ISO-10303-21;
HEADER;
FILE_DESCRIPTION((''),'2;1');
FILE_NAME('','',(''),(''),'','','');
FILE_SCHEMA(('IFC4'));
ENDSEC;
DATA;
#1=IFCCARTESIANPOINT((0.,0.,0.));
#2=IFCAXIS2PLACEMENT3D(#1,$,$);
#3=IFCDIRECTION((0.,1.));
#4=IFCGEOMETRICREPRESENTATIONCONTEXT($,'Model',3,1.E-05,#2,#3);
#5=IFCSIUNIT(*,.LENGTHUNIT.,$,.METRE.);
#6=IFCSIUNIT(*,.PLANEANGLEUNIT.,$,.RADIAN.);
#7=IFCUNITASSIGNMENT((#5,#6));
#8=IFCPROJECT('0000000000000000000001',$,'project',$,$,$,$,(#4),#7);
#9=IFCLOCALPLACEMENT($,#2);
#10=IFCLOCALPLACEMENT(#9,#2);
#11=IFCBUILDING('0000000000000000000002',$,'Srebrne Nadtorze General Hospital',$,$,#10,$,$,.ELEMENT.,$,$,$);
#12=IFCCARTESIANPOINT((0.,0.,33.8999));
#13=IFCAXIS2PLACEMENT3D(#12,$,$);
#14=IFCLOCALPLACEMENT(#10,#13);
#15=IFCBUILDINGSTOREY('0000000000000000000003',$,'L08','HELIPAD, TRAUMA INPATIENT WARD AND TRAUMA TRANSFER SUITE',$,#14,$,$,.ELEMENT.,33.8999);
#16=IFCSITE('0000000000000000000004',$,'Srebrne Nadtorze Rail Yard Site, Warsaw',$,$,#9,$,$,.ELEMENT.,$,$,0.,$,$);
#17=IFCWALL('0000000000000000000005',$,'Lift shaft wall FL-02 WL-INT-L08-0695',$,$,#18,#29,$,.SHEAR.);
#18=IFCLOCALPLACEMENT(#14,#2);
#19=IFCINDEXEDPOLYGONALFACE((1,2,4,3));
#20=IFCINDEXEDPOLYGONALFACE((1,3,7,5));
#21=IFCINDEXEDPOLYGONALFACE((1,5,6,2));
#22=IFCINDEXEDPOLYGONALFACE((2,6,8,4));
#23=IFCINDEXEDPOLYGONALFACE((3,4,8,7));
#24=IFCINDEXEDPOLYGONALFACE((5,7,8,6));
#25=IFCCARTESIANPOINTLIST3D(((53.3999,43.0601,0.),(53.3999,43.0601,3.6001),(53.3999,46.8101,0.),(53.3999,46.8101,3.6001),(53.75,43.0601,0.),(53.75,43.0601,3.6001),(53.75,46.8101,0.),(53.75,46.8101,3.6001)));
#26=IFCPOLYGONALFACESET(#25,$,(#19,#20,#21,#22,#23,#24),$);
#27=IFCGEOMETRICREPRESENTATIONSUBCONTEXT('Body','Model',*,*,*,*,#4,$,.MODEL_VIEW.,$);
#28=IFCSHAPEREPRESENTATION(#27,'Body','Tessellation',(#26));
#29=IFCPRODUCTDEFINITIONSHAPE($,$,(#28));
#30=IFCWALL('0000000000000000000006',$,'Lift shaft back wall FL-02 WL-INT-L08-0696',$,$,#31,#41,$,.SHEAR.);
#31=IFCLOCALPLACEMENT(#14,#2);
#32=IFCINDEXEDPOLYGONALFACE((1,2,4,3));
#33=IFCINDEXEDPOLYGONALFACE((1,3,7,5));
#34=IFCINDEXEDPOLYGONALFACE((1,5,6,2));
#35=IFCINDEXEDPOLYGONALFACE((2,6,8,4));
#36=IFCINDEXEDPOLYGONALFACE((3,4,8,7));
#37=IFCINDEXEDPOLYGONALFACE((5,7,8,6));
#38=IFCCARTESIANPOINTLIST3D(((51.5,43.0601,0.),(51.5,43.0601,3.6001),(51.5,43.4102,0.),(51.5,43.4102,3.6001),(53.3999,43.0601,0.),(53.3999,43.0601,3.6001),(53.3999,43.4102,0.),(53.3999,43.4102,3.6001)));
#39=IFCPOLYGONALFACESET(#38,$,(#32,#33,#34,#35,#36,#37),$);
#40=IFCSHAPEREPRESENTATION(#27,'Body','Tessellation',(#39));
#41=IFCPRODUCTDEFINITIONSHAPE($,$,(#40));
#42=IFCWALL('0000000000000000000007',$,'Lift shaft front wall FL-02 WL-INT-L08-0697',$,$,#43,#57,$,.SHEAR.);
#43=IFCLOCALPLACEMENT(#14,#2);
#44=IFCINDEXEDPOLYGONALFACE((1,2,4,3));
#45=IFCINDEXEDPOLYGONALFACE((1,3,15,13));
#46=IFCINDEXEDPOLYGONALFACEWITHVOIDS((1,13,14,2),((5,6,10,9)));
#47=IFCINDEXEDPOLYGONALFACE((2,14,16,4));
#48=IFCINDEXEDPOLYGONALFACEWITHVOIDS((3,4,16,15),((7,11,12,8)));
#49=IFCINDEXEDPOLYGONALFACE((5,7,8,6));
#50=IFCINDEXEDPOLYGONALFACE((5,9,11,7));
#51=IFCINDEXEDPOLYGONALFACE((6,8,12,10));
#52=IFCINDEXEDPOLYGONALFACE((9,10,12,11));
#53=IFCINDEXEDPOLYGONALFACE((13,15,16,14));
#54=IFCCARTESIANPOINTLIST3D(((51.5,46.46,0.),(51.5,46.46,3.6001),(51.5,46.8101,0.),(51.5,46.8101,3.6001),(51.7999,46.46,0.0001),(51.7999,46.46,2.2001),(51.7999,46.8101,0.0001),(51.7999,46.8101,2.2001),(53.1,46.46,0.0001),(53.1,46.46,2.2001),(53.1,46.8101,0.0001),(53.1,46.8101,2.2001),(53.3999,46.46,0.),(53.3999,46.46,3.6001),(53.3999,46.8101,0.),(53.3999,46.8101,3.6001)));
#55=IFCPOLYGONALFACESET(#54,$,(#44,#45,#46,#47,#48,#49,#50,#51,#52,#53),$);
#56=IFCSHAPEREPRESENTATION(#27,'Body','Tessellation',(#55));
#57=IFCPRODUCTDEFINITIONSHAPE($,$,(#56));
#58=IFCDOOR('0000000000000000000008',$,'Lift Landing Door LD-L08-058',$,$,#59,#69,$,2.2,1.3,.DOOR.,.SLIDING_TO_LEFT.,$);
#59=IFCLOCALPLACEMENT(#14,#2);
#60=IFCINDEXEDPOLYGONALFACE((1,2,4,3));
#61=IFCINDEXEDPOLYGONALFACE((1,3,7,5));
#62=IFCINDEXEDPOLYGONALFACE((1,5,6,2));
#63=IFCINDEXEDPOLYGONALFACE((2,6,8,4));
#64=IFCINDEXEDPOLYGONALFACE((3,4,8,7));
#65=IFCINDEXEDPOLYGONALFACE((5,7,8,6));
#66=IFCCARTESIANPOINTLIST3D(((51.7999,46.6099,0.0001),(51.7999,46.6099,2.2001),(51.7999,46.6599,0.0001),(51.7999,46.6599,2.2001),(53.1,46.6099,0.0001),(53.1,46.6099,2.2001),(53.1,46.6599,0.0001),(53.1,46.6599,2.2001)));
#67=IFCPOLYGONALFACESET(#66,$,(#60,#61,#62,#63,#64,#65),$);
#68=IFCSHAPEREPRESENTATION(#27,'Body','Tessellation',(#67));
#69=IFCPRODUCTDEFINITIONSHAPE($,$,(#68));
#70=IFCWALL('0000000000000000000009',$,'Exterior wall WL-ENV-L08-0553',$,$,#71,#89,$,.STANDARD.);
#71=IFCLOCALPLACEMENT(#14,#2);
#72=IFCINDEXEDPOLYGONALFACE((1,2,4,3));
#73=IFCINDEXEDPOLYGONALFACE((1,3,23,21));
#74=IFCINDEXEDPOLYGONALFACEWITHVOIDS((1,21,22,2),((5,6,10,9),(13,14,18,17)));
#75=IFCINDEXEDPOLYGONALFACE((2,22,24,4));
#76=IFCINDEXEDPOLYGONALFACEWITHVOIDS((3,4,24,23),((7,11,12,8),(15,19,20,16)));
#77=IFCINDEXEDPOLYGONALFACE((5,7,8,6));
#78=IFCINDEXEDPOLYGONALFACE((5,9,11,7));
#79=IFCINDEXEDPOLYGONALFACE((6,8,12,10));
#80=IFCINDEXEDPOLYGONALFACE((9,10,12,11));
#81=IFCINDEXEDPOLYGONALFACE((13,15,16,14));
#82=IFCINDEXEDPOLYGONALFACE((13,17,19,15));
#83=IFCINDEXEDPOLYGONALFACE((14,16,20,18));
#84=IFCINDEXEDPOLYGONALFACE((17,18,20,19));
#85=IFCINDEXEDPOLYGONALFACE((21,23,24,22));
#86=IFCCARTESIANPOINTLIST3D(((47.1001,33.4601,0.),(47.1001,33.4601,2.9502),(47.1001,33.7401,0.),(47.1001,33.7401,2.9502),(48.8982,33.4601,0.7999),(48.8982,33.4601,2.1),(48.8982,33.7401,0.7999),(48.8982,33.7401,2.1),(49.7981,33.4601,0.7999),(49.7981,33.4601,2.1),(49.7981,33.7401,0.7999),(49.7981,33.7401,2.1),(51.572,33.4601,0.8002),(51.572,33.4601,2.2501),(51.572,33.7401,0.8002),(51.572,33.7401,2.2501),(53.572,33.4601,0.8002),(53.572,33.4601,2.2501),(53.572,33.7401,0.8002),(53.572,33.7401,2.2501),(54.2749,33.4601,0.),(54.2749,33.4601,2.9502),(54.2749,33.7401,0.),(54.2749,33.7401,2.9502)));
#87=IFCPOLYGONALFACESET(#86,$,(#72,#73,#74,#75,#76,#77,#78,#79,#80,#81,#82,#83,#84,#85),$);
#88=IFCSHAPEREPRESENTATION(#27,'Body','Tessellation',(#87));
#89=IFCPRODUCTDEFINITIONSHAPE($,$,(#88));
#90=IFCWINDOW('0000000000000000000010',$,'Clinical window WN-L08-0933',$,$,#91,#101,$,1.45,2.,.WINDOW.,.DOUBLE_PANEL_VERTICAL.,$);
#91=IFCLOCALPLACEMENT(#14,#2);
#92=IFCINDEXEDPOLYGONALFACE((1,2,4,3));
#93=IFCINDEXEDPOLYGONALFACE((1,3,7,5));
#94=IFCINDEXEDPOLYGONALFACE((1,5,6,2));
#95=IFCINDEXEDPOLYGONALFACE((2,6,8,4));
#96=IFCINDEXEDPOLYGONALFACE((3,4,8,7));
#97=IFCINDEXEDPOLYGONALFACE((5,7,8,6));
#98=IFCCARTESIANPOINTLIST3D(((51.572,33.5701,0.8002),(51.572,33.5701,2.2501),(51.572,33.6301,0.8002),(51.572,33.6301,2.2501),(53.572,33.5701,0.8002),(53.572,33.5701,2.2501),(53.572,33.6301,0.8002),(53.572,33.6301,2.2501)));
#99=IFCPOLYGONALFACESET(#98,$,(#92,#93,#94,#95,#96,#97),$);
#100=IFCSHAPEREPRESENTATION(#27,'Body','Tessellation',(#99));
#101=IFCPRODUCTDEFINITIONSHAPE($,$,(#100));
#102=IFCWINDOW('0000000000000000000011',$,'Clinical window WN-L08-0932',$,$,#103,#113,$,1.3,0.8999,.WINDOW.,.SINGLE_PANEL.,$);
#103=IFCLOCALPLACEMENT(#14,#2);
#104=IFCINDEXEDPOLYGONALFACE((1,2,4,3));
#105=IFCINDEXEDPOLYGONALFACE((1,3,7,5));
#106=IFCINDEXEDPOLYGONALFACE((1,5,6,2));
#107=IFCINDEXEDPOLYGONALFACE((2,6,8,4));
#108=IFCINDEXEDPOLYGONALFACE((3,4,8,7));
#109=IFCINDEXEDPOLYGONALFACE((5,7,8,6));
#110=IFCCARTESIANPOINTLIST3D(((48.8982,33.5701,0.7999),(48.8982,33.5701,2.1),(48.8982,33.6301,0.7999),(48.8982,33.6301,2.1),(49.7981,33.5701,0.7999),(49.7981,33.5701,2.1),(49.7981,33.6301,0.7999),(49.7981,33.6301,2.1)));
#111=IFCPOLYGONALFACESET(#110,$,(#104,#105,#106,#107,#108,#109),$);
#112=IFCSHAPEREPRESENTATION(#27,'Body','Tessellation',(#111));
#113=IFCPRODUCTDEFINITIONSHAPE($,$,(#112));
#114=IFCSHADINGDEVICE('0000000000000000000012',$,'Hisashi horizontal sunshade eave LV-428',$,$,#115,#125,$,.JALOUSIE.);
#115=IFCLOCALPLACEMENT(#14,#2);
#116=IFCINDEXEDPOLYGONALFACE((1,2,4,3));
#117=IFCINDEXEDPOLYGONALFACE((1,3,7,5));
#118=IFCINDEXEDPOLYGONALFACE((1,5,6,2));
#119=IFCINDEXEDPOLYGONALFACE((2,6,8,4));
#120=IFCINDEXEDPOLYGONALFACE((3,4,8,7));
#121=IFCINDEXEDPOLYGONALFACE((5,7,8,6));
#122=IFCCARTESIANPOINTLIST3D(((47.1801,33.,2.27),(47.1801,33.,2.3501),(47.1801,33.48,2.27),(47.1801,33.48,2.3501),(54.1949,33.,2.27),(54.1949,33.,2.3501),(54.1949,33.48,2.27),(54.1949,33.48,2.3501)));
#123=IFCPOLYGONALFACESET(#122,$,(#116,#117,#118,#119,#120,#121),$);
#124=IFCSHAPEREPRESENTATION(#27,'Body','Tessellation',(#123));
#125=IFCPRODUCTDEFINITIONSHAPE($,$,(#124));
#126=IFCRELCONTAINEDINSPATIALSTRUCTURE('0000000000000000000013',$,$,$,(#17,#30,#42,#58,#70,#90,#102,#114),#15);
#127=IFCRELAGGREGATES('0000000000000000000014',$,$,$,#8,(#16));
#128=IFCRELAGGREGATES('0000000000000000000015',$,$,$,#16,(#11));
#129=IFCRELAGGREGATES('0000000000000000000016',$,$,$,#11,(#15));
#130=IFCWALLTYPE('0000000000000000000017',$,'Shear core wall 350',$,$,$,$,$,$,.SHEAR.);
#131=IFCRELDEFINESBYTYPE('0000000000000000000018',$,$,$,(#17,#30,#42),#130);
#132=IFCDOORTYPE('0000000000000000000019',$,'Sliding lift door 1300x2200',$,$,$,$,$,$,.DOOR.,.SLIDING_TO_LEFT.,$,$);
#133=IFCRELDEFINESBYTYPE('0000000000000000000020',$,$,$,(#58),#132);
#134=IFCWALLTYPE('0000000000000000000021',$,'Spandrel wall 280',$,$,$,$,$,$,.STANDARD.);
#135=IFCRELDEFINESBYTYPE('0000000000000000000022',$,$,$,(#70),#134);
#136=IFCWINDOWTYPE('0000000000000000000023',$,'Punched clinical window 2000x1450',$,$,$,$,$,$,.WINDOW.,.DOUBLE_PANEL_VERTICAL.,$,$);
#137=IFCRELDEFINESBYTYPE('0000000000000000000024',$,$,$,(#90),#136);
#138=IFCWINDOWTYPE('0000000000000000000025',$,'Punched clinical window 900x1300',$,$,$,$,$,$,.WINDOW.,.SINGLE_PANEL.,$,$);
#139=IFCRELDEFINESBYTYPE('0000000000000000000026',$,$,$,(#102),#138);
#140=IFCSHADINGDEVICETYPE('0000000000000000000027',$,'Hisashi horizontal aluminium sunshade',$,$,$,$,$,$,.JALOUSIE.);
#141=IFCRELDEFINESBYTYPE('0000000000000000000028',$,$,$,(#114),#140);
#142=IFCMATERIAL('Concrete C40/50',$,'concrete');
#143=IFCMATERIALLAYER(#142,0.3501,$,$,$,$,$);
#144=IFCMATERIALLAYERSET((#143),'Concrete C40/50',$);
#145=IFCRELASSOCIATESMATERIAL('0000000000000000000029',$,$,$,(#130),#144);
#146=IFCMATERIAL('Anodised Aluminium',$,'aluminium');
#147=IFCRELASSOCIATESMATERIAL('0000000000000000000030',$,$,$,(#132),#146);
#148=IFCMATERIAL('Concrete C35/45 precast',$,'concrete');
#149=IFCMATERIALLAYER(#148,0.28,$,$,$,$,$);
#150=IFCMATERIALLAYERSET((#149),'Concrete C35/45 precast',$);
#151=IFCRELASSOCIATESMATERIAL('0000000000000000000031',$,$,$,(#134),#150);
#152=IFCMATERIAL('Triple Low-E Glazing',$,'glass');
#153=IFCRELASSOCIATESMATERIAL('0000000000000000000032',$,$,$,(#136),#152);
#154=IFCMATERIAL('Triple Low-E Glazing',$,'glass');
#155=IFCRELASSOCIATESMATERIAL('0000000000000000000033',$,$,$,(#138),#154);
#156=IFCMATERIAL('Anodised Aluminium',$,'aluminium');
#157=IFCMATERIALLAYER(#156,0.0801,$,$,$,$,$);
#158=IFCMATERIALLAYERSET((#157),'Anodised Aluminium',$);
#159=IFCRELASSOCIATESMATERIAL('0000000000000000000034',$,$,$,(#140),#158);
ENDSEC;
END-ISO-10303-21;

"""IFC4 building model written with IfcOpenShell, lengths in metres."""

from ifc_helpers import new_model, si_unit, direction, frame, frame_2d, origin, origin_2d, place, context, subcontext, project, spatial, rectangle, extrude, material, layer, layer_set, type_object, element, fill, save


model = new_model("IFC4")

# Units and contexts
model_context = context("Model", 3, precision=1e-05, world=origin(), true_north=direction((0.0, 1.0)))
body_context = subcontext(model_context, "Body", "Model", "MODEL_VIEW")
ifc_project = project(units=[si_unit("LENGTHUNIT", "METRE"), si_unit("PLANEANGLEUNIT", "RADIAN")], contexts=[model_context])

# Site, building, storey
site_placement = place(None, origin())
site = spatial("IfcSite", under=ifc_project, at=site_placement, Name="Srebrne Nadtorze Rail Yard Site, Warsaw", CompositionType="ELEMENT", RefElevation=0.0)
building_placement = place(site_placement, origin())
building = spatial("IfcBuilding", under=site, at=building_placement, Name="Srebrne Nadtorze General Hospital", CompositionType="ELEMENT")
storey_placement = place(building_placement, frame((0.0, 0.0, 33.8999)))
storey = spatial("IfcBuildingStorey", under=building, at=storey_placement, Name="L08", Description="HELIPAD, TRAUMA INPATIENT WARD AND TRAUMA TRANSFER SUITE", CompositionType="ELEMENT", Elevation=33.8999)

# Walls
ifc_material_1 = material(Name="Concrete C40/50", Category="concrete")
ifc_layer_1 = layer(ifc_material_1, 0.3501)
ifc_layer_set_1 = layer_set([ifc_layer_1], Name="Concrete C40/50")
wall_type_1 = type_object("IfcWallType", Name="Shear core wall 350", PredefinedType="SHEAR", material=ifc_layer_set_1)
for number, where, z_axis, x_axis, name in (
    (1, (53.575, 43.0601, 0.0), (0.0, 0.0, 1.0), (0.0, 1.0, 0.0), "Lift shaft wall FL-02 WL-INT-L08-0695"),
):
    element("IfcWall", number, at=place(storey_placement, frame(where, z_axis=z_axis, x_axis=x_axis)), inside=storey, type_object=wall_type_1, Name=name, PredefinedType="SHEAR", context=body_context, shape_type="SweptSolid", body=[
        extrude(rectangle(XDim=3.75, YDim=0.3501, at=frame_2d((1.875, 0.0))), origin(), (0.0, 0.0, 1.0), 3.6001),
    ])
wall_1_placement = place(storey_placement, frame((51.5, 43.2351, 0.0), z_axis=(0.0, 0.0, 1.0), x_axis=(1.0, 0.0, 0.0)))
element("IfcWall", 2, at=wall_1_placement, inside=storey, type_object=wall_type_1, Name="Lift shaft back wall FL-02 WL-INT-L08-0696", PredefinedType="SHEAR", context=body_context, shape_type="SweptSolid", body=[
    extrude(rectangle(XDim=1.8999, YDim=0.3501, at=frame_2d((0.95, 0.0))), origin(), (0.0, 0.0, 1.0), 3.6001),
])

# Wall, opening, door
wall_2_placement = place(storey_placement, frame((51.5, 46.635, 0.0), z_axis=(0.0, 0.0, 1.0), x_axis=(1.0, 0.0, 0.0)))
wall_2 = element("IfcWall", 3, at=wall_2_placement, inside=storey, type_object=wall_type_1, Name="Lift shaft front wall FL-02 WL-INT-L08-0697", PredefinedType="SHEAR", context=body_context, shape_type="SweptSolid", body=[
    extrude(rectangle(XDim=1.8999, YDim=0.3501, at=frame_2d((0.95, 0.0))), origin(), (0.0, 0.0, 1.0), 3.6001),
])
opening_1_placement = place(wall_2_placement, frame((0.3, 0.0, 0.0)))
opening_1 = element("IfcOpeningElement", 4, at=opening_1_placement, cuts=wall_2, PredefinedType="OPENING", context=body_context, shape_type="SweptSolid", body=[
    extrude(rectangle(XDim=1.3, YDim=2.2, at=frame_2d((0.6499, 1.1001))), frame((0.0, 0.187, 0.0), z_axis=(0.0, -1.0, 0.0), x_axis=(1.0, 0.0, 0.0)), (0.0, 0.0, 1.0), 0.374),
])
ifc_material_2 = material(Name="Anodised Aluminium", Category="aluminium")
door_type_1 = type_object("IfcDoorType", Name="Sliding lift door 1300x2200", OperationType="SLIDING_TO_LEFT", PredefinedType="DOOR", material=ifc_material_2)
door_1_placement = place(opening_1_placement, origin())
door_1 = element("IfcDoor", 5, at=door_1_placement, inside=storey, type_object=door_type_1, Name="Lift Landing Door LD-L08-058", OperationType="SLIDING_TO_LEFT", OverallHeight=2.2, OverallWidth=1.3, PredefinedType="DOOR", context=body_context, shape_type="SweptSolid", body=[
    extrude(rectangle(XDim=1.3, YDim=2.2, at=frame_2d((0.6499, 1.1001))), frame((0.0, 0.0249, 0.0), z_axis=(0.0, -1.0, 0.0), x_axis=(1.0, 0.0, 0.0)), (0.0, 0.0, 1.0), 0.05),
])
fill(opening_1, door_1)

# Wall, openings, windows
ifc_material_3 = material(Name="Concrete C35/45 precast", Category="concrete")
ifc_layer_2 = layer(ifc_material_3, 0.28)
ifc_layer_set_2 = layer_set([ifc_layer_2], Name="Concrete C35/45 precast")
wall_type_2 = type_object("IfcWallType", Name="Spandrel wall 280", PredefinedType="STANDARD", material=ifc_layer_set_2)
wall_3_placement = place(storey_placement, frame((47.1001, 33.6001, 0.0), z_axis=(0.0, 0.0, 1.0), x_axis=(1.0, 0.0, 0.0)))
wall_3 = element("IfcWall", 6, at=wall_3_placement, inside=storey, type_object=wall_type_2, Name="Exterior wall WL-ENV-L08-0553", PredefinedType="STANDARD", context=body_context, shape_type="SweptSolid", body=[
    extrude(rectangle(XDim=7.1748, YDim=0.28, at=frame_2d((3.5874, 0.0))), origin(), (0.0, 0.0, 1.0), 2.9502),
])
opening_2_placement = place(wall_3_placement, frame((1.7981, 0.0, 0.8)))
opening_2 = element("IfcOpeningElement", 7, at=opening_2_placement, cuts=wall_3, PredefinedType="OPENING", context=body_context, shape_type="SweptSolid", body=[
    extrude(rectangle(XDim=0.8999, YDim=1.3, at=frame_2d((0.45, 0.6499))), frame((0.0, 0.1519, 0.0), z_axis=(0.0, -1.0, 0.0), x_axis=(1.0, 0.0, 0.0)), (0.0, 0.0, 1.0), 0.304),
])
opening_3_placement = place(wall_3_placement, frame((4.4719, 0.0, 0.8)))
opening_3 = element("IfcOpeningElement", 8, at=opening_3_placement, cuts=wall_3, PredefinedType="OPENING", context=body_context, shape_type="SweptSolid", body=[
    extrude(rectangle(XDim=2.0, YDim=1.45, at=frame_2d((1.0, 0.7251))), frame((0.0, 0.1519, 0.0), z_axis=(0.0, -1.0, 0.0), x_axis=(1.0, 0.0, 0.0)), (0.0, 0.0, 1.0), 0.304),
])
ifc_material_4 = material(Name="Triple Low-E Glazing", Category="glass")
window_type_1 = type_object("IfcWindowType", Name="Punched clinical window 2000x1450", PartitioningType="DOUBLE_PANEL_VERTICAL", PredefinedType="WINDOW", material=ifc_material_4)
window_1_placement = place(opening_3_placement, origin())
window_1 = element("IfcWindow", 9, at=window_1_placement, inside=storey, type_object=window_type_1, Name="Clinical window WN-L08-0933", OverallHeight=1.45, OverallWidth=2.0, PartitioningType="DOUBLE_PANEL_VERTICAL", PredefinedType="WINDOW", context=body_context, shape_type="SweptSolid", body=[
    extrude(rectangle(XDim=2.0, YDim=1.45, at=frame_2d((1.0, 0.7251))), frame((0.0, 0.03, 0.0), z_axis=(0.0, -1.0, 0.0), x_axis=(1.0, 0.0, 0.0)), (0.0, 0.0, 1.0), 0.0601),
])
fill(opening_3, window_1)
ifc_material_5 = material(Name="Triple Low-E Glazing", Category="glass")
window_type_2 = type_object("IfcWindowType", Name="Punched clinical window 900x1300", PartitioningType="SINGLE_PANEL", PredefinedType="WINDOW", material=ifc_material_5)
window_2_placement = place(opening_2_placement, origin())
window_2 = element("IfcWindow", 10, at=window_2_placement, inside=storey, type_object=window_type_2, Name="Clinical window WN-L08-0932", OverallHeight=1.3, OverallWidth=0.8999, PartitioningType="SINGLE_PANEL", PredefinedType="WINDOW", context=body_context, shape_type="SweptSolid", body=[
    extrude(rectangle(XDim=0.8999, YDim=1.3, at=frame_2d((0.45, 0.6499))), frame((0.0, 0.03, 0.0), z_axis=(0.0, -1.0, 0.0), x_axis=(1.0, 0.0, 0.0)), (0.0, 0.0, 1.0), 0.0601),
])
fill(opening_2, window_2)

# Shading device
ifc_material_6 = material(Name="Anodised Aluminium", Category="aluminium")
ifc_layer_3 = layer(ifc_material_6, 0.0801)
ifc_layer_set_3 = layer_set([ifc_layer_3], Name="Anodised Aluminium")
shading_device_type = type_object("IfcShadingDeviceType", Name="Hisashi horizontal aluminium sunshade", PredefinedType="JALOUSIE", material=ifc_layer_set_3)
shading_device_placement = place(storey_placement, frame((50.6875, 33.24, 2.27), z_axis=(0.0, 0.0, 1.0), x_axis=(1.0, 0.0, 0.0)))
element("IfcShadingDevice", 11, at=shading_device_placement, inside=storey, type_object=shading_device_type, Name="Hisashi horizontal sunshade eave LV-428", PredefinedType="JALOUSIE", context=body_context, shape_type="SweptSolid", body=[
    extrude(rectangle(XDim=7.0149, YDim=0.48, at=origin_2d()), origin(), (0.0, 0.0, 1.0), 0.0801),
])

save(model, "model.ifc")
